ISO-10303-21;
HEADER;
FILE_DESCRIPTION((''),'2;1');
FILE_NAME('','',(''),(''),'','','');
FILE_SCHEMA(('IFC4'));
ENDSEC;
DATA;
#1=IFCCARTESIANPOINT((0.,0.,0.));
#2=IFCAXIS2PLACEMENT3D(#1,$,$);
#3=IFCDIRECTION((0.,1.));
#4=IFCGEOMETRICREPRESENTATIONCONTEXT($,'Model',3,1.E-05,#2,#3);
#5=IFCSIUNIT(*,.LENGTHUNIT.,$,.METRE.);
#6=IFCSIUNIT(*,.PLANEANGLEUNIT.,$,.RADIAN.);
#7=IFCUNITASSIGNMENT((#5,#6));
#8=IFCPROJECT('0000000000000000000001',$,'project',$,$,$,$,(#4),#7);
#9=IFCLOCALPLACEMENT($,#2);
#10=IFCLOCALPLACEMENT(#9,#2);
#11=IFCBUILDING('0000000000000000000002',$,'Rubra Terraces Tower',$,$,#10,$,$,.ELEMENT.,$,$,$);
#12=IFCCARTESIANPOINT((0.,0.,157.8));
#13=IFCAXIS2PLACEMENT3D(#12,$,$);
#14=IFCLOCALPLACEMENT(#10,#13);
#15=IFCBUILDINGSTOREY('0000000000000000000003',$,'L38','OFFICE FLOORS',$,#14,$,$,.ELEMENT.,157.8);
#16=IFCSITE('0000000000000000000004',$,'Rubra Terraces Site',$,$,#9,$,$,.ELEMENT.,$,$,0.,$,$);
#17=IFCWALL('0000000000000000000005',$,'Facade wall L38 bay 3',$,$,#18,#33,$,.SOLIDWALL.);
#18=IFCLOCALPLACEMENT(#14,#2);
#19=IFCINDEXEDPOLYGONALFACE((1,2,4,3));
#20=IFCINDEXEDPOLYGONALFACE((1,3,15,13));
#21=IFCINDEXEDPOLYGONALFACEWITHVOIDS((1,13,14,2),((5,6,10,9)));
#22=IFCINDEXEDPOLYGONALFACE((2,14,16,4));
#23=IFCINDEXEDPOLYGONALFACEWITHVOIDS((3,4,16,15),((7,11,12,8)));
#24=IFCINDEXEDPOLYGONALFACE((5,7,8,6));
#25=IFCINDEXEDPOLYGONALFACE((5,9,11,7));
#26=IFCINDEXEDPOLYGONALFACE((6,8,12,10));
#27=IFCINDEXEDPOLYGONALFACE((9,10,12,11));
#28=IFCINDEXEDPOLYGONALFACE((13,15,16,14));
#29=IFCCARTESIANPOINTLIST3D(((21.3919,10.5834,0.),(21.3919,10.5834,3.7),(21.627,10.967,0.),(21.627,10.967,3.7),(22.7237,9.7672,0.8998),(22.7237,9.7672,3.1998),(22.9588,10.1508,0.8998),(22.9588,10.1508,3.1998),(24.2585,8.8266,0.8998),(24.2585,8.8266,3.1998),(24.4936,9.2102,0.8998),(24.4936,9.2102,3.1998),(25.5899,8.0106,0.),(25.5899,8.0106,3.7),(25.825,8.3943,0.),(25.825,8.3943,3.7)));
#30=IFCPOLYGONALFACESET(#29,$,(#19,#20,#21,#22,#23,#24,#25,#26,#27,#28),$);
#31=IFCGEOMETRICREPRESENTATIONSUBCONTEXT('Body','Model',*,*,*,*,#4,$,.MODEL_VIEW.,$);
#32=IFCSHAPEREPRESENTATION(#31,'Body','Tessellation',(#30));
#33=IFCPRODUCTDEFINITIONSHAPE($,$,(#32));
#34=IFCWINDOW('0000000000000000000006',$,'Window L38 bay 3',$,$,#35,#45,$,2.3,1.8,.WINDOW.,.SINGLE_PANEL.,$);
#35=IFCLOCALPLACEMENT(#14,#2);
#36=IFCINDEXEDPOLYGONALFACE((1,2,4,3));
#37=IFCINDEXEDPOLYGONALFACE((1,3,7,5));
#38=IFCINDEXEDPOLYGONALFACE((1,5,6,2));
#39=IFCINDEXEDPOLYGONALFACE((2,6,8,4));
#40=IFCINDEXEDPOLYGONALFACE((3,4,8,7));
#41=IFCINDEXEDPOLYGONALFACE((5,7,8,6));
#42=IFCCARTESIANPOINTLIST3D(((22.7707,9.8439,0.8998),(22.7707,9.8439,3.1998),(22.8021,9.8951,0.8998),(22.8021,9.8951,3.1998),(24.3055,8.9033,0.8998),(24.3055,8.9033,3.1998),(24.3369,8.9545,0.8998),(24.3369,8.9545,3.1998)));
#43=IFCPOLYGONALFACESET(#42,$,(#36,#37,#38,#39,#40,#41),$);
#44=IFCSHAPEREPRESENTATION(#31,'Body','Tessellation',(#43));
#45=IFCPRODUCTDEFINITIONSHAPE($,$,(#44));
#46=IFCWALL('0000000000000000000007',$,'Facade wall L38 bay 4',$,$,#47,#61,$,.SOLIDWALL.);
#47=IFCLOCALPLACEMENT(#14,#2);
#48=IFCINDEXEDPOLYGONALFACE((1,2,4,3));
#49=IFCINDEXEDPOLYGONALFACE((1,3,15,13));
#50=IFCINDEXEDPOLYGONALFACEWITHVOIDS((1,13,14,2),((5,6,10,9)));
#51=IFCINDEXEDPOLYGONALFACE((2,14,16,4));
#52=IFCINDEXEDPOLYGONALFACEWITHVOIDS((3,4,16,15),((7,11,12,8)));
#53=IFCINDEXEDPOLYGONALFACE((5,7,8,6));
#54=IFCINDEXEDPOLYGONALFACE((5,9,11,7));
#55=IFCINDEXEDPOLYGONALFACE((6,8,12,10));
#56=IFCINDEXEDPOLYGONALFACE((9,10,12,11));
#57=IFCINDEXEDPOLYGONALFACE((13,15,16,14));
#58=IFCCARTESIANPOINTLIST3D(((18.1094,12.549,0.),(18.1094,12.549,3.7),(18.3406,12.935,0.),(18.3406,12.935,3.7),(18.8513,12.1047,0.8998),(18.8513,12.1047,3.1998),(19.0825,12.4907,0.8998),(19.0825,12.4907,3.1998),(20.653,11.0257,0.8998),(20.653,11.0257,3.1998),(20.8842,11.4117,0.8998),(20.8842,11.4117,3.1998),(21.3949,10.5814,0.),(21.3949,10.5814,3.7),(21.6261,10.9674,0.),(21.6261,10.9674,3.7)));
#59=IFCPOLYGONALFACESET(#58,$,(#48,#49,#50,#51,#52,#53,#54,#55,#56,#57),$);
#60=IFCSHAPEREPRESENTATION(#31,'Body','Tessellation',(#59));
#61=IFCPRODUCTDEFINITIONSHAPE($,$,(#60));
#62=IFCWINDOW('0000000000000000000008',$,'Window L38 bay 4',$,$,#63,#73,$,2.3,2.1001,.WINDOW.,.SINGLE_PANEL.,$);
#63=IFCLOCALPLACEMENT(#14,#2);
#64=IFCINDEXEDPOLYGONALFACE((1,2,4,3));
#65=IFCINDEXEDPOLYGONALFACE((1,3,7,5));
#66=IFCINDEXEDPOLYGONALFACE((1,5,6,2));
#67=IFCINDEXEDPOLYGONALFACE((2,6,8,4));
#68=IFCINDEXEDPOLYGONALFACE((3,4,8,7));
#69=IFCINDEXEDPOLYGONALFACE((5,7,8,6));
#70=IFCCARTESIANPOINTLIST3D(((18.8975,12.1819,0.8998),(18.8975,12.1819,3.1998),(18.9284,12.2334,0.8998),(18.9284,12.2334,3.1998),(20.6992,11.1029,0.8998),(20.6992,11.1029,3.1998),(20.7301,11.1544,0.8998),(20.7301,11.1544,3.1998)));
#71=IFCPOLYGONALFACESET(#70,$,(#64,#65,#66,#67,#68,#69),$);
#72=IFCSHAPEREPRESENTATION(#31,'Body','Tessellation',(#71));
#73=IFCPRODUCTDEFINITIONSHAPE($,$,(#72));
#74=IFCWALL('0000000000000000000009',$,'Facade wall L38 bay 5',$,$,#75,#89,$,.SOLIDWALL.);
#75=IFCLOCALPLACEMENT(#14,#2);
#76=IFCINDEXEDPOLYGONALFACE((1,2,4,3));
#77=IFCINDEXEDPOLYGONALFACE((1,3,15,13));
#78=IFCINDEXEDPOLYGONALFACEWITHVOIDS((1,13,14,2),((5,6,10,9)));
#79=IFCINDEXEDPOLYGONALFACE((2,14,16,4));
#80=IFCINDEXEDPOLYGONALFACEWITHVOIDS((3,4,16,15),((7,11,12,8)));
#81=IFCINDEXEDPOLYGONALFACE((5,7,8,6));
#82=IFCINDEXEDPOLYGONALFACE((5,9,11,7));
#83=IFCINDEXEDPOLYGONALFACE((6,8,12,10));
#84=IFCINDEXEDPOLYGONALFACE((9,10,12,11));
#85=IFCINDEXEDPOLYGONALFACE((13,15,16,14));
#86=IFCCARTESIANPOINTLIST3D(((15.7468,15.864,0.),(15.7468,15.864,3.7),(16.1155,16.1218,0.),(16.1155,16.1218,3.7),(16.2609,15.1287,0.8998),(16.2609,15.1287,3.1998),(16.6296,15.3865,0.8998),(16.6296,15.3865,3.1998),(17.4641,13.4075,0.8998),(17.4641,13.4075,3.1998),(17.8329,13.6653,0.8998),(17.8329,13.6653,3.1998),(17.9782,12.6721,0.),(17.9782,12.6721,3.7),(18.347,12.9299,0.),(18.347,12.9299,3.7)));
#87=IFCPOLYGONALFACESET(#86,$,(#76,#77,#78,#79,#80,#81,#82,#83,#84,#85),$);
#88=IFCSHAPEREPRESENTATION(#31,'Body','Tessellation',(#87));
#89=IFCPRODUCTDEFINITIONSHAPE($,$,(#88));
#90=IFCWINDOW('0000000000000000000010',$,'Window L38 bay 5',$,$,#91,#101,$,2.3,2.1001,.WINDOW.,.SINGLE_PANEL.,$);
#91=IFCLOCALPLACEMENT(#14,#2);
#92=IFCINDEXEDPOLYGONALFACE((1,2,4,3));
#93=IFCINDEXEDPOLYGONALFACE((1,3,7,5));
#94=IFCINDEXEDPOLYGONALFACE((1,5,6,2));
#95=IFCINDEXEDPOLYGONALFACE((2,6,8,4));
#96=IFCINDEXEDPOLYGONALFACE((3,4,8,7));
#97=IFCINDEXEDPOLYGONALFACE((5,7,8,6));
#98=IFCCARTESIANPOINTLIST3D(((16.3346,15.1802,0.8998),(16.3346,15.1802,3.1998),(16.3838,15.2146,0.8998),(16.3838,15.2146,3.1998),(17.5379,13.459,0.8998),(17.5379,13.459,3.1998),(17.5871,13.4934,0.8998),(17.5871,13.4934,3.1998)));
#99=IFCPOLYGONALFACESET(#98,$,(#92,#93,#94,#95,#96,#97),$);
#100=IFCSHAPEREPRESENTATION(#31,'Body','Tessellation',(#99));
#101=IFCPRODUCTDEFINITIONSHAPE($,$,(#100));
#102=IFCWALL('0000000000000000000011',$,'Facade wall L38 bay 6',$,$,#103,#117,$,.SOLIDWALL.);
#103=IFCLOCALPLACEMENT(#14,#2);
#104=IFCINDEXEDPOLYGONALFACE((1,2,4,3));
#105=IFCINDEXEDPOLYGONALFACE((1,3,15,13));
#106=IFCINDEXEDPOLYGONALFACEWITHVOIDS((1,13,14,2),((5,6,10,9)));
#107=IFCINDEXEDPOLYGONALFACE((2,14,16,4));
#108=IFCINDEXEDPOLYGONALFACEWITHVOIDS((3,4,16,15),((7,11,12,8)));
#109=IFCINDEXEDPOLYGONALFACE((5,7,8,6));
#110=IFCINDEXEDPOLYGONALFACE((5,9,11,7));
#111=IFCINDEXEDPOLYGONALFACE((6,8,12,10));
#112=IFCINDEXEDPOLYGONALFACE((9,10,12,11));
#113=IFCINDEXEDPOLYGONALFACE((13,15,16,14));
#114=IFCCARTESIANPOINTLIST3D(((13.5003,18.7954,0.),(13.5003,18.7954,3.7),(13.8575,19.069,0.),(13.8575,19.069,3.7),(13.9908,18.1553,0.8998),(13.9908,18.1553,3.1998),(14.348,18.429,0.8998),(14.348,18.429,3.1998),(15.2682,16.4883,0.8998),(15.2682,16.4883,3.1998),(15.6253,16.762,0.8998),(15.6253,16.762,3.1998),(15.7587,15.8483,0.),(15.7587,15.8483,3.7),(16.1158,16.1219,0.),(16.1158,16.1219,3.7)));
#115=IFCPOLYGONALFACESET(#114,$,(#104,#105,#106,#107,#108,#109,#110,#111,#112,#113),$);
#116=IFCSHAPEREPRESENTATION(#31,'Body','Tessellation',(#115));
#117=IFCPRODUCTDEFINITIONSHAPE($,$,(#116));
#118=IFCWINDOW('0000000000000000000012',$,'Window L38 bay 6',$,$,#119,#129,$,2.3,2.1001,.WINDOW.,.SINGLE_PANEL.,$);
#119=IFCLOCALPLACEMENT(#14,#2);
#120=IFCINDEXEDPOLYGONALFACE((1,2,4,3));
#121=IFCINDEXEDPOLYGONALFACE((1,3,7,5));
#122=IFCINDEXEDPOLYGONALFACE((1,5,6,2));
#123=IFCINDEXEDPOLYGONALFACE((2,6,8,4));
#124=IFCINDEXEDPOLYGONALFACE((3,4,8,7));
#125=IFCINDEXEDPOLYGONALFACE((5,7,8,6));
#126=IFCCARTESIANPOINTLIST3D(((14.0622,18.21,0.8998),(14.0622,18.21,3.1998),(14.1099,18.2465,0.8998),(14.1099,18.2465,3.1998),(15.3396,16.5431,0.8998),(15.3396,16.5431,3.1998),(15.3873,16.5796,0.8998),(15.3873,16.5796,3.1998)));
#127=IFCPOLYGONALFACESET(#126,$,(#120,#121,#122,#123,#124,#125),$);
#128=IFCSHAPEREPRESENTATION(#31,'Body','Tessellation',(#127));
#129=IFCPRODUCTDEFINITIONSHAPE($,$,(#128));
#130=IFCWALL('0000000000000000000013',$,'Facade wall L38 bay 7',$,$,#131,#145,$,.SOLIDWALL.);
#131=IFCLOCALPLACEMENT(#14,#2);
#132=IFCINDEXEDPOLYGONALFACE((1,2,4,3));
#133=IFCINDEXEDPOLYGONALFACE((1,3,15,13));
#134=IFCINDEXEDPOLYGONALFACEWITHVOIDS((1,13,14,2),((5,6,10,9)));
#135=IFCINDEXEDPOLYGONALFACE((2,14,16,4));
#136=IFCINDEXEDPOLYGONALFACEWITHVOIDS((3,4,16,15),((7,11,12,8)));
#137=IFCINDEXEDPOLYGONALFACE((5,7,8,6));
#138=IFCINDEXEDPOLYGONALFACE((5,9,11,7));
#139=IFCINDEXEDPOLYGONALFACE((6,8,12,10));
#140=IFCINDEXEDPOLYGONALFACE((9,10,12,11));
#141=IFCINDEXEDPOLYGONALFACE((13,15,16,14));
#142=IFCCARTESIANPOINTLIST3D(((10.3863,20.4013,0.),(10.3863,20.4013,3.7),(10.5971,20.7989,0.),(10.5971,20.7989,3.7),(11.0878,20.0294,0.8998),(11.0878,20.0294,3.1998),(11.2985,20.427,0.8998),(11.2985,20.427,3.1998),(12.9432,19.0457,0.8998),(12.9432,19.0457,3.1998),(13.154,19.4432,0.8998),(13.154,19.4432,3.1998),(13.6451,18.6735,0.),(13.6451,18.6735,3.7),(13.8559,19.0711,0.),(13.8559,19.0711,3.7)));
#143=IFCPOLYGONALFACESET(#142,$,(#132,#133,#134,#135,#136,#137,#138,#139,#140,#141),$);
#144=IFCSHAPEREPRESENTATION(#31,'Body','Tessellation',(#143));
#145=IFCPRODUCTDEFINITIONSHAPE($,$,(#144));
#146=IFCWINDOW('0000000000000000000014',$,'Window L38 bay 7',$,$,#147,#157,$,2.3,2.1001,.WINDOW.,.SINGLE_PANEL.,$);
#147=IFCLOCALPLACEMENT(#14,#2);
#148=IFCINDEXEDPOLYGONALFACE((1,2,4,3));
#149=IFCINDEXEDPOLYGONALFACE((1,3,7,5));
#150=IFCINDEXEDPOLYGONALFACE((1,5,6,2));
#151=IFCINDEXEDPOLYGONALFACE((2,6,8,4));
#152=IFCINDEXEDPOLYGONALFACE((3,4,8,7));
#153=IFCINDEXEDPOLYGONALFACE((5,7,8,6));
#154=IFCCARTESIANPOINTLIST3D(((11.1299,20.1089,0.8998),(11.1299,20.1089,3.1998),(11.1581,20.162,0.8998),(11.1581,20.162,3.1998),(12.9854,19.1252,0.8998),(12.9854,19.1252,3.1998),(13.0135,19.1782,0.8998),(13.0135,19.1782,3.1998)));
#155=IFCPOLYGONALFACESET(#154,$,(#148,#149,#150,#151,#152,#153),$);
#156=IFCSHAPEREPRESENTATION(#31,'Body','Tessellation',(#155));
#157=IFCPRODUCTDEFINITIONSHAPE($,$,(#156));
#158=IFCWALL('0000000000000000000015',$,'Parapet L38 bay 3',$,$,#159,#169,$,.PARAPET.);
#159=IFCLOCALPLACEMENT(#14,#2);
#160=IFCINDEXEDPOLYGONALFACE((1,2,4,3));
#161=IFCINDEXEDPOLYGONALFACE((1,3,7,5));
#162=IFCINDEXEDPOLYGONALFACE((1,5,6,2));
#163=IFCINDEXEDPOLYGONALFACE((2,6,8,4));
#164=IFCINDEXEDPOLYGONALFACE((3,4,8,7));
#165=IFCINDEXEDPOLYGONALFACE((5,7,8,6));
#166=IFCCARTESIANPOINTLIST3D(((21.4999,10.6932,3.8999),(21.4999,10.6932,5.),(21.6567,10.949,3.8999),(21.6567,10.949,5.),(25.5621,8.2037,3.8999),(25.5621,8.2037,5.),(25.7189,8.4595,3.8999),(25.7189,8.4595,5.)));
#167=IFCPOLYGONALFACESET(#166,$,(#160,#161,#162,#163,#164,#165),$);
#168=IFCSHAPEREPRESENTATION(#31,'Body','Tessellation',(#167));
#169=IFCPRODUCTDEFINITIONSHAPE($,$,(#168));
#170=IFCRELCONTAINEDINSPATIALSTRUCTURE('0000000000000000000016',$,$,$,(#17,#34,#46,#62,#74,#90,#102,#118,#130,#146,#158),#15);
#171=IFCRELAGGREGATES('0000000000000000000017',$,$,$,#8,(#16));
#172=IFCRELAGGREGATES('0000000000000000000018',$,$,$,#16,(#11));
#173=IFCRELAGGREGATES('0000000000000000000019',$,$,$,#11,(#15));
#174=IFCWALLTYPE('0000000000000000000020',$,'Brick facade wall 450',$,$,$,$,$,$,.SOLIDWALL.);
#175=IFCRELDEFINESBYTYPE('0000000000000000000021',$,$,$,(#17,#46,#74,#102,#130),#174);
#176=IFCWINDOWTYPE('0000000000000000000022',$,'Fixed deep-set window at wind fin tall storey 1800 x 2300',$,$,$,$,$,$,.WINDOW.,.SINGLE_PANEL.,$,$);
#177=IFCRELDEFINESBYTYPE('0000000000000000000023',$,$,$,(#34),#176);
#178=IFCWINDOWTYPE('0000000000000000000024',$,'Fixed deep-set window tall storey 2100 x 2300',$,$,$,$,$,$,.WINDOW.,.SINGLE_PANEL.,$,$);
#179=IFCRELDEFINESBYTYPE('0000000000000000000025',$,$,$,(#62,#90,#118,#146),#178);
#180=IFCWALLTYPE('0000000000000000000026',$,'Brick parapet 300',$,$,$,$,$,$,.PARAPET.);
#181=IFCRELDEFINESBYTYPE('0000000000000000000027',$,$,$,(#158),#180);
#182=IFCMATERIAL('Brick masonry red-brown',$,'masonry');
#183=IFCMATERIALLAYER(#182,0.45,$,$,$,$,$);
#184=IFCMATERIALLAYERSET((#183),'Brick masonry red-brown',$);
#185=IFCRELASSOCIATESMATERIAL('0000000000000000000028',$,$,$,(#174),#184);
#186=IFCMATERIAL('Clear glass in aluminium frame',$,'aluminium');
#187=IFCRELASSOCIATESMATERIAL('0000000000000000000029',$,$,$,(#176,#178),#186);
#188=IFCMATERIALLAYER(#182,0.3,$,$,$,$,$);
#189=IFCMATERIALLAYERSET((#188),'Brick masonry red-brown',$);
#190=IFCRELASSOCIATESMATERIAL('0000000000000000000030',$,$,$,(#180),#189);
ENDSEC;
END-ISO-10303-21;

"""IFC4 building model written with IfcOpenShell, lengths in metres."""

from ifc_helpers import new_model, si_unit, direction, frame, frame_2d, origin, place, context, subcontext, project, spatial, rectangle, extrude, material, layer, layer_set, type_object, element, fill, save


model = new_model("IFC4")

# Units and contexts
model_context = context("Model", 3, precision=1e-05, world=origin(), true_north=direction((0.0, 1.0)))
body_context = subcontext(model_context, "Body", "Model", "MODEL_VIEW")
ifc_project = project(units=[si_unit("LENGTHUNIT", "METRE"), si_unit("PLANEANGLEUNIT", "RADIAN")], contexts=[model_context])

# Site, building, storey
site_placement = place(None, origin())
site = spatial("IfcSite", under=ifc_project, at=site_placement, Name="Rubra Terraces Site", CompositionType="ELEMENT", RefElevation=0.0)
building_placement = place(site_placement, origin())
building = spatial("IfcBuilding", under=site, at=building_placement, Name="Rubra Terraces Tower", CompositionType="ELEMENT")
storey_placement = place(building_placement, frame((0.0, 0.0, 157.8)))
storey = spatial("IfcBuildingStorey", under=building, at=storey_placement, Name="L38", Description="OFFICE FLOORS", CompositionType="ELEMENT", Elevation=157.8)

# Walls, openings, windows
ifc_material_1 = material(Name="Brick masonry red-brown", Category="masonry")
ifc_layer_1 = layer(ifc_material_1, 0.45)
ifc_layer_set_1 = layer_set([ifc_layer_1], Name="Brick masonry red-brown")
wall_type_1 = type_object("IfcWallType", Name="Brick facade wall 450", PredefinedType="SOLIDWALL", material=ifc_layer_set_1)
wall_1_placement = place(storey_placement, frame((25.7075, 8.2024, 0.0), z_axis=(0.0, 0.0, 1.0), x_axis=(-0.85262, 0.522531, 0.0)))
wall_1 = element("IfcWall", 1, at=wall_1_placement, inside=storey, type_object=wall_type_1, Name="Facade wall L38 bay 3", PredefinedType="SOLIDWALL", context=body_context, shape_type="SweptSolid", body=[
    extrude(rectangle(XDim=4.9236, YDim=0.45, at=frame_2d((2.4619, 0.0))), origin(), (0.0, 0.0, 1.0), 3.7),
])
opening_1_placement = place(wall_1_placement, frame((1.5618, 0.0, 0.8999)))
opening_1 = element("IfcOpeningElement", 2, at=opening_1_placement, cuts=wall_1, PredefinedType="OPENING", context=body_context, shape_type="SweptSolid", body=[
    extrude(rectangle(XDim=1.8, YDim=2.3, at=frame_2d((0.8999, 1.1499))), frame((0.0, 0.2349, 0.0), z_axis=(0.0, -1.0, 0.0), x_axis=(1.0, 0.0, 0.0)), (0.0, 0.0, 1.0), 0.47),
])
ifc_material_2 = material(Name="Clear glass in aluminium frame", Category="aluminium")
window_type_1 = type_object("IfcWindowType", Name="Fixed deep-set window at wind fin tall storey 1800 x 2300", PartitioningType="SINGLE_PANEL", PredefinedType="WINDOW", material=ifc_material_2)
window_1_placement = place(opening_1_placement, origin())
window_1 = element("IfcWindow", 3, at=window_1_placement, inside=storey, type_object=window_type_1, Name="Window L38 bay 3", OverallHeight=2.3, OverallWidth=1.8, PartitioningType="SINGLE_PANEL", PredefinedType="WINDOW", context=body_context, shape_type="SweptSolid", body=[
    extrude(rectangle(XDim=1.8, YDim=2.3, at=frame_2d((0.8999, 1.1499))), frame((0.0, 0.135, 0.0), z_axis=(0.0, -1.0, 0.0), x_axis=(1.0, 0.0, 0.0)), (0.0, 0.0, 1.0), 0.0601),
])
fill(opening_1, window_1)
wall_2_placement = place(storey_placement, frame((21.5105, 10.7744, 0.0), z_axis=(0.0, 0.0, 1.0), x_axis=(-0.85792, 0.513783, 0.0)))
wall_2 = element("IfcWall", 4, at=wall_2_placement, inside=storey, type_object=wall_type_1, Name="Facade wall L38 bay 4", PredefinedType="SOLIDWALL", context=body_context, shape_type="SweptSolid", body=[
    extrude(rectangle(XDim=3.8296, YDim=0.45, at=frame_2d((1.9148, 0.0))), origin(), (0.0, 0.0, 1.0), 3.7),
])
opening_2_placement = place(wall_2_placement, frame((0.8647, 0.0, 0.8999)))
opening_2 = element("IfcOpeningElement", 5, at=opening_2_placement, cuts=wall_2, PredefinedType="OPENING", context=body_context, shape_type="SweptSolid", body=[
    extrude(rectangle(XDim=2.1001, YDim=2.3, at=frame_2d((1.05, 1.1499))), frame((0.0, 0.2349, 0.0), z_axis=(0.0, -1.0, 0.0), x_axis=(1.0, 0.0, 0.0)), (0.0, 0.0, 1.0), 0.47),
])
window_type_2 = type_object("IfcWindowType", Name="Fixed deep-set window tall storey 2100 x 2300", PartitioningType="SINGLE_PANEL", PredefinedType="WINDOW", material=ifc_material_2)
window_2_placement = place(opening_2_placement, origin())
window_2 = element("IfcWindow", 6, at=window_2_placement, inside=storey, type_object=window_type_2, Name="Window L38 bay 4", OverallHeight=2.3, OverallWidth=2.1001, PartitioningType="SINGLE_PANEL", PredefinedType="WINDOW", context=body_context, shape_type="SweptSolid", body=[
    extrude(rectangle(XDim=2.1001, YDim=2.3, at=frame_2d((1.05, 1.1499))), frame((0.0, 0.135, 0.0), z_axis=(0.0, -1.0, 0.0), x_axis=(1.0, 0.0, 0.0)), (0.0, 0.0, 1.0), 0.0601),
])
fill(opening_2, window_2)
wall_3_placement = place(storey_placement, frame((18.1626, 12.801, 0.0), z_axis=(0.0, 0.0, 1.0), x_axis=(-0.572966, 0.819579, 0.0)))
wall_3 = element("IfcWall", 7, at=wall_3_placement, inside=storey, type_object=wall_type_1, Name="Facade wall L38 bay 5", PredefinedType="SOLIDWALL", context=body_context, shape_type="SweptSolid", body=[
    extrude(rectangle(XDim=3.8945, YDim=0.45, at=frame_2d((1.9473, 0.0))), origin(), (0.0, 0.0, 1.0), 3.7),
])
opening_3_placement = place(wall_3_placement, frame((0.8972, 0.0, 0.8999)))
opening_3 = element("IfcOpeningElement", 8, at=opening_3_placement, cuts=wall_3, PredefinedType="OPENING", context=body_context, shape_type="SweptSolid", body=[
    extrude(rectangle(XDim=2.1001, YDim=2.3, at=frame_2d((1.05, 1.1499))), frame((0.0, 0.2349, 0.0), z_axis=(0.0, -1.0, 0.0), x_axis=(1.0, 0.0, 0.0)), (0.0, 0.0, 1.0), 0.47),
])
window_3_placement = place(opening_3_placement, origin())
window_3 = element("IfcWindow", 9, at=window_3_placement, inside=storey, type_object=window_type_2, Name="Window L38 bay 5", OverallHeight=2.3, OverallWidth=2.1001, PartitioningType="SINGLE_PANEL", PredefinedType="WINDOW", context=body_context, shape_type="SweptSolid", body=[
    extrude(rectangle(XDim=2.1001, YDim=2.3, at=frame_2d((1.05, 1.1499))), frame((0.0, 0.135, 0.0), z_axis=(0.0, -1.0, 0.0), x_axis=(1.0, 0.0, 0.0)), (0.0, 0.0, 1.0), 0.0601),
])
fill(opening_3, window_3)
wall_4_placement = place(storey_placement, frame((15.9373, 15.9851, 0.0), z_axis=(0.0, 0.0, 1.0), x_axis=(-0.608248, 0.793747, 0.0)))
wall_4 = element("IfcWall", 10, at=wall_4_placement, inside=storey, type_object=wall_type_1, Name="Facade wall L38 bay 6", PredefinedType="SOLIDWALL", context=body_context, shape_type="SweptSolid", body=[
    extrude(rectangle(XDim=3.7129, YDim=0.45, at=frame_2d((1.8564, 0.0))), origin(), (0.0, 0.0, 1.0), 3.7),
])
opening_4_placement = place(wall_4_placement, frame((0.8064, 0.0, 0.8999)))
opening_4 = element("IfcOpeningElement", 11, at=opening_4_placement, cuts=wall_4, PredefinedType="OPENING", context=body_context, shape_type="SweptSolid", body=[
    extrude(rectangle(XDim=2.1001, YDim=2.3, at=frame_2d((1.05, 1.1499))), frame((0.0, 0.2349, 0.0), z_axis=(0.0, -1.0, 0.0), x_axis=(1.0, 0.0, 0.0)), (0.0, 0.0, 1.0), 0.47),
])
window_4_placement = place(opening_4_placement, origin())
window_4 = element("IfcWindow", 12, at=window_4_placement, inside=storey, type_object=window_type_2, Name="Window L38 bay 6", OverallHeight=2.3, OverallWidth=2.1001, PartitioningType="SINGLE_PANEL", PredefinedType="WINDOW", context=body_context, shape_type="SweptSolid", body=[
    extrude(rectangle(XDim=2.1001, YDim=2.3, at=frame_2d((1.05, 1.1499))), frame((0.0, 0.135, 0.0), z_axis=(0.0, -1.0, 0.0), x_axis=(1.0, 0.0, 0.0)), (0.0, 0.0, 1.0), 0.0601),
])
fill(opening_4, window_4)
wall_5_placement = place(storey_placement, frame((13.7505, 18.8723, 0.0), z_axis=(0.0, 0.0, 1.0), x_axis=(-0.883503, 0.468426, 0.0)))
wall_5 = element("IfcWall", 13, at=wall_5_placement, inside=storey, type_object=wall_type_1, Name="Facade wall L38 bay 7", PredefinedType="SOLIDWALL", context=body_context, shape_type="SweptSolid", body=[
    extrude(rectangle(XDim=3.6885, YDim=0.45, at=frame_2d((1.8442, 0.0))), origin(), (0.0, 0.0, 1.0), 3.7),
])
opening_5_placement = place(wall_5_placement, frame((0.7944, 0.0, 0.8999)))
opening_5 = element("IfcOpeningElement", 14, at=opening_5_placement, cuts=wall_5, PredefinedType="OPENING", context=body_context, shape_type="SweptSolid", body=[
    extrude(rectangle(XDim=2.1001, YDim=2.3, at=frame_2d((1.05, 1.1499))), frame((0.0, 0.2349, 0.0), z_axis=(0.0, -1.0, 0.0), x_axis=(1.0, 0.0, 0.0)), (0.0, 0.0, 1.0), 0.47),
])
window_5_placement = place(opening_5_placement, origin())
window_5 = element("IfcWindow", 15, at=window_5_placement, inside=storey, type_object=window_type_2, Name="Window L38 bay 7", OverallHeight=2.3, OverallWidth=2.1001, PartitioningType="SINGLE_PANEL", PredefinedType="WINDOW", context=body_context, shape_type="SweptSolid", body=[
    extrude(rectangle(XDim=2.1001, YDim=2.3, at=frame_2d((1.05, 1.1499))), frame((0.0, 0.135, 0.0), z_axis=(0.0, -1.0, 0.0), x_axis=(1.0, 0.0, 0.0)), (0.0, 0.0, 1.0), 0.0601),
])
fill(opening_5, window_5)

# Wall
ifc_layer_2 = layer(ifc_material_1, 0.3)
ifc_layer_set_2 = layer_set([ifc_layer_2], Name="Brick masonry red-brown")
wall_type_2 = type_object("IfcWallType", Name="Brick parapet 300", PredefinedType="PARAPET", material=ifc_layer_set_2)
wall_6_placement = place(storey_placement, frame((25.6406, 8.3315, 3.8999), z_axis=(0.0, 0.0, 1.0), x_axis=(-0.852626, 0.522521, 0.0)))
element("IfcWall", 16, at=wall_6_placement, inside=storey, type_object=wall_type_2, Name="Parapet L38 bay 3", PredefinedType="PARAPET", context=body_context, shape_type="SweptSolid", body=[
    extrude(rectangle(XDim=4.7644, YDim=0.3, at=frame_2d((2.3823, 0.0))), origin(), (0.0, 0.0, 1.0), 1.1001),
])

save(model, "model.ifc")
